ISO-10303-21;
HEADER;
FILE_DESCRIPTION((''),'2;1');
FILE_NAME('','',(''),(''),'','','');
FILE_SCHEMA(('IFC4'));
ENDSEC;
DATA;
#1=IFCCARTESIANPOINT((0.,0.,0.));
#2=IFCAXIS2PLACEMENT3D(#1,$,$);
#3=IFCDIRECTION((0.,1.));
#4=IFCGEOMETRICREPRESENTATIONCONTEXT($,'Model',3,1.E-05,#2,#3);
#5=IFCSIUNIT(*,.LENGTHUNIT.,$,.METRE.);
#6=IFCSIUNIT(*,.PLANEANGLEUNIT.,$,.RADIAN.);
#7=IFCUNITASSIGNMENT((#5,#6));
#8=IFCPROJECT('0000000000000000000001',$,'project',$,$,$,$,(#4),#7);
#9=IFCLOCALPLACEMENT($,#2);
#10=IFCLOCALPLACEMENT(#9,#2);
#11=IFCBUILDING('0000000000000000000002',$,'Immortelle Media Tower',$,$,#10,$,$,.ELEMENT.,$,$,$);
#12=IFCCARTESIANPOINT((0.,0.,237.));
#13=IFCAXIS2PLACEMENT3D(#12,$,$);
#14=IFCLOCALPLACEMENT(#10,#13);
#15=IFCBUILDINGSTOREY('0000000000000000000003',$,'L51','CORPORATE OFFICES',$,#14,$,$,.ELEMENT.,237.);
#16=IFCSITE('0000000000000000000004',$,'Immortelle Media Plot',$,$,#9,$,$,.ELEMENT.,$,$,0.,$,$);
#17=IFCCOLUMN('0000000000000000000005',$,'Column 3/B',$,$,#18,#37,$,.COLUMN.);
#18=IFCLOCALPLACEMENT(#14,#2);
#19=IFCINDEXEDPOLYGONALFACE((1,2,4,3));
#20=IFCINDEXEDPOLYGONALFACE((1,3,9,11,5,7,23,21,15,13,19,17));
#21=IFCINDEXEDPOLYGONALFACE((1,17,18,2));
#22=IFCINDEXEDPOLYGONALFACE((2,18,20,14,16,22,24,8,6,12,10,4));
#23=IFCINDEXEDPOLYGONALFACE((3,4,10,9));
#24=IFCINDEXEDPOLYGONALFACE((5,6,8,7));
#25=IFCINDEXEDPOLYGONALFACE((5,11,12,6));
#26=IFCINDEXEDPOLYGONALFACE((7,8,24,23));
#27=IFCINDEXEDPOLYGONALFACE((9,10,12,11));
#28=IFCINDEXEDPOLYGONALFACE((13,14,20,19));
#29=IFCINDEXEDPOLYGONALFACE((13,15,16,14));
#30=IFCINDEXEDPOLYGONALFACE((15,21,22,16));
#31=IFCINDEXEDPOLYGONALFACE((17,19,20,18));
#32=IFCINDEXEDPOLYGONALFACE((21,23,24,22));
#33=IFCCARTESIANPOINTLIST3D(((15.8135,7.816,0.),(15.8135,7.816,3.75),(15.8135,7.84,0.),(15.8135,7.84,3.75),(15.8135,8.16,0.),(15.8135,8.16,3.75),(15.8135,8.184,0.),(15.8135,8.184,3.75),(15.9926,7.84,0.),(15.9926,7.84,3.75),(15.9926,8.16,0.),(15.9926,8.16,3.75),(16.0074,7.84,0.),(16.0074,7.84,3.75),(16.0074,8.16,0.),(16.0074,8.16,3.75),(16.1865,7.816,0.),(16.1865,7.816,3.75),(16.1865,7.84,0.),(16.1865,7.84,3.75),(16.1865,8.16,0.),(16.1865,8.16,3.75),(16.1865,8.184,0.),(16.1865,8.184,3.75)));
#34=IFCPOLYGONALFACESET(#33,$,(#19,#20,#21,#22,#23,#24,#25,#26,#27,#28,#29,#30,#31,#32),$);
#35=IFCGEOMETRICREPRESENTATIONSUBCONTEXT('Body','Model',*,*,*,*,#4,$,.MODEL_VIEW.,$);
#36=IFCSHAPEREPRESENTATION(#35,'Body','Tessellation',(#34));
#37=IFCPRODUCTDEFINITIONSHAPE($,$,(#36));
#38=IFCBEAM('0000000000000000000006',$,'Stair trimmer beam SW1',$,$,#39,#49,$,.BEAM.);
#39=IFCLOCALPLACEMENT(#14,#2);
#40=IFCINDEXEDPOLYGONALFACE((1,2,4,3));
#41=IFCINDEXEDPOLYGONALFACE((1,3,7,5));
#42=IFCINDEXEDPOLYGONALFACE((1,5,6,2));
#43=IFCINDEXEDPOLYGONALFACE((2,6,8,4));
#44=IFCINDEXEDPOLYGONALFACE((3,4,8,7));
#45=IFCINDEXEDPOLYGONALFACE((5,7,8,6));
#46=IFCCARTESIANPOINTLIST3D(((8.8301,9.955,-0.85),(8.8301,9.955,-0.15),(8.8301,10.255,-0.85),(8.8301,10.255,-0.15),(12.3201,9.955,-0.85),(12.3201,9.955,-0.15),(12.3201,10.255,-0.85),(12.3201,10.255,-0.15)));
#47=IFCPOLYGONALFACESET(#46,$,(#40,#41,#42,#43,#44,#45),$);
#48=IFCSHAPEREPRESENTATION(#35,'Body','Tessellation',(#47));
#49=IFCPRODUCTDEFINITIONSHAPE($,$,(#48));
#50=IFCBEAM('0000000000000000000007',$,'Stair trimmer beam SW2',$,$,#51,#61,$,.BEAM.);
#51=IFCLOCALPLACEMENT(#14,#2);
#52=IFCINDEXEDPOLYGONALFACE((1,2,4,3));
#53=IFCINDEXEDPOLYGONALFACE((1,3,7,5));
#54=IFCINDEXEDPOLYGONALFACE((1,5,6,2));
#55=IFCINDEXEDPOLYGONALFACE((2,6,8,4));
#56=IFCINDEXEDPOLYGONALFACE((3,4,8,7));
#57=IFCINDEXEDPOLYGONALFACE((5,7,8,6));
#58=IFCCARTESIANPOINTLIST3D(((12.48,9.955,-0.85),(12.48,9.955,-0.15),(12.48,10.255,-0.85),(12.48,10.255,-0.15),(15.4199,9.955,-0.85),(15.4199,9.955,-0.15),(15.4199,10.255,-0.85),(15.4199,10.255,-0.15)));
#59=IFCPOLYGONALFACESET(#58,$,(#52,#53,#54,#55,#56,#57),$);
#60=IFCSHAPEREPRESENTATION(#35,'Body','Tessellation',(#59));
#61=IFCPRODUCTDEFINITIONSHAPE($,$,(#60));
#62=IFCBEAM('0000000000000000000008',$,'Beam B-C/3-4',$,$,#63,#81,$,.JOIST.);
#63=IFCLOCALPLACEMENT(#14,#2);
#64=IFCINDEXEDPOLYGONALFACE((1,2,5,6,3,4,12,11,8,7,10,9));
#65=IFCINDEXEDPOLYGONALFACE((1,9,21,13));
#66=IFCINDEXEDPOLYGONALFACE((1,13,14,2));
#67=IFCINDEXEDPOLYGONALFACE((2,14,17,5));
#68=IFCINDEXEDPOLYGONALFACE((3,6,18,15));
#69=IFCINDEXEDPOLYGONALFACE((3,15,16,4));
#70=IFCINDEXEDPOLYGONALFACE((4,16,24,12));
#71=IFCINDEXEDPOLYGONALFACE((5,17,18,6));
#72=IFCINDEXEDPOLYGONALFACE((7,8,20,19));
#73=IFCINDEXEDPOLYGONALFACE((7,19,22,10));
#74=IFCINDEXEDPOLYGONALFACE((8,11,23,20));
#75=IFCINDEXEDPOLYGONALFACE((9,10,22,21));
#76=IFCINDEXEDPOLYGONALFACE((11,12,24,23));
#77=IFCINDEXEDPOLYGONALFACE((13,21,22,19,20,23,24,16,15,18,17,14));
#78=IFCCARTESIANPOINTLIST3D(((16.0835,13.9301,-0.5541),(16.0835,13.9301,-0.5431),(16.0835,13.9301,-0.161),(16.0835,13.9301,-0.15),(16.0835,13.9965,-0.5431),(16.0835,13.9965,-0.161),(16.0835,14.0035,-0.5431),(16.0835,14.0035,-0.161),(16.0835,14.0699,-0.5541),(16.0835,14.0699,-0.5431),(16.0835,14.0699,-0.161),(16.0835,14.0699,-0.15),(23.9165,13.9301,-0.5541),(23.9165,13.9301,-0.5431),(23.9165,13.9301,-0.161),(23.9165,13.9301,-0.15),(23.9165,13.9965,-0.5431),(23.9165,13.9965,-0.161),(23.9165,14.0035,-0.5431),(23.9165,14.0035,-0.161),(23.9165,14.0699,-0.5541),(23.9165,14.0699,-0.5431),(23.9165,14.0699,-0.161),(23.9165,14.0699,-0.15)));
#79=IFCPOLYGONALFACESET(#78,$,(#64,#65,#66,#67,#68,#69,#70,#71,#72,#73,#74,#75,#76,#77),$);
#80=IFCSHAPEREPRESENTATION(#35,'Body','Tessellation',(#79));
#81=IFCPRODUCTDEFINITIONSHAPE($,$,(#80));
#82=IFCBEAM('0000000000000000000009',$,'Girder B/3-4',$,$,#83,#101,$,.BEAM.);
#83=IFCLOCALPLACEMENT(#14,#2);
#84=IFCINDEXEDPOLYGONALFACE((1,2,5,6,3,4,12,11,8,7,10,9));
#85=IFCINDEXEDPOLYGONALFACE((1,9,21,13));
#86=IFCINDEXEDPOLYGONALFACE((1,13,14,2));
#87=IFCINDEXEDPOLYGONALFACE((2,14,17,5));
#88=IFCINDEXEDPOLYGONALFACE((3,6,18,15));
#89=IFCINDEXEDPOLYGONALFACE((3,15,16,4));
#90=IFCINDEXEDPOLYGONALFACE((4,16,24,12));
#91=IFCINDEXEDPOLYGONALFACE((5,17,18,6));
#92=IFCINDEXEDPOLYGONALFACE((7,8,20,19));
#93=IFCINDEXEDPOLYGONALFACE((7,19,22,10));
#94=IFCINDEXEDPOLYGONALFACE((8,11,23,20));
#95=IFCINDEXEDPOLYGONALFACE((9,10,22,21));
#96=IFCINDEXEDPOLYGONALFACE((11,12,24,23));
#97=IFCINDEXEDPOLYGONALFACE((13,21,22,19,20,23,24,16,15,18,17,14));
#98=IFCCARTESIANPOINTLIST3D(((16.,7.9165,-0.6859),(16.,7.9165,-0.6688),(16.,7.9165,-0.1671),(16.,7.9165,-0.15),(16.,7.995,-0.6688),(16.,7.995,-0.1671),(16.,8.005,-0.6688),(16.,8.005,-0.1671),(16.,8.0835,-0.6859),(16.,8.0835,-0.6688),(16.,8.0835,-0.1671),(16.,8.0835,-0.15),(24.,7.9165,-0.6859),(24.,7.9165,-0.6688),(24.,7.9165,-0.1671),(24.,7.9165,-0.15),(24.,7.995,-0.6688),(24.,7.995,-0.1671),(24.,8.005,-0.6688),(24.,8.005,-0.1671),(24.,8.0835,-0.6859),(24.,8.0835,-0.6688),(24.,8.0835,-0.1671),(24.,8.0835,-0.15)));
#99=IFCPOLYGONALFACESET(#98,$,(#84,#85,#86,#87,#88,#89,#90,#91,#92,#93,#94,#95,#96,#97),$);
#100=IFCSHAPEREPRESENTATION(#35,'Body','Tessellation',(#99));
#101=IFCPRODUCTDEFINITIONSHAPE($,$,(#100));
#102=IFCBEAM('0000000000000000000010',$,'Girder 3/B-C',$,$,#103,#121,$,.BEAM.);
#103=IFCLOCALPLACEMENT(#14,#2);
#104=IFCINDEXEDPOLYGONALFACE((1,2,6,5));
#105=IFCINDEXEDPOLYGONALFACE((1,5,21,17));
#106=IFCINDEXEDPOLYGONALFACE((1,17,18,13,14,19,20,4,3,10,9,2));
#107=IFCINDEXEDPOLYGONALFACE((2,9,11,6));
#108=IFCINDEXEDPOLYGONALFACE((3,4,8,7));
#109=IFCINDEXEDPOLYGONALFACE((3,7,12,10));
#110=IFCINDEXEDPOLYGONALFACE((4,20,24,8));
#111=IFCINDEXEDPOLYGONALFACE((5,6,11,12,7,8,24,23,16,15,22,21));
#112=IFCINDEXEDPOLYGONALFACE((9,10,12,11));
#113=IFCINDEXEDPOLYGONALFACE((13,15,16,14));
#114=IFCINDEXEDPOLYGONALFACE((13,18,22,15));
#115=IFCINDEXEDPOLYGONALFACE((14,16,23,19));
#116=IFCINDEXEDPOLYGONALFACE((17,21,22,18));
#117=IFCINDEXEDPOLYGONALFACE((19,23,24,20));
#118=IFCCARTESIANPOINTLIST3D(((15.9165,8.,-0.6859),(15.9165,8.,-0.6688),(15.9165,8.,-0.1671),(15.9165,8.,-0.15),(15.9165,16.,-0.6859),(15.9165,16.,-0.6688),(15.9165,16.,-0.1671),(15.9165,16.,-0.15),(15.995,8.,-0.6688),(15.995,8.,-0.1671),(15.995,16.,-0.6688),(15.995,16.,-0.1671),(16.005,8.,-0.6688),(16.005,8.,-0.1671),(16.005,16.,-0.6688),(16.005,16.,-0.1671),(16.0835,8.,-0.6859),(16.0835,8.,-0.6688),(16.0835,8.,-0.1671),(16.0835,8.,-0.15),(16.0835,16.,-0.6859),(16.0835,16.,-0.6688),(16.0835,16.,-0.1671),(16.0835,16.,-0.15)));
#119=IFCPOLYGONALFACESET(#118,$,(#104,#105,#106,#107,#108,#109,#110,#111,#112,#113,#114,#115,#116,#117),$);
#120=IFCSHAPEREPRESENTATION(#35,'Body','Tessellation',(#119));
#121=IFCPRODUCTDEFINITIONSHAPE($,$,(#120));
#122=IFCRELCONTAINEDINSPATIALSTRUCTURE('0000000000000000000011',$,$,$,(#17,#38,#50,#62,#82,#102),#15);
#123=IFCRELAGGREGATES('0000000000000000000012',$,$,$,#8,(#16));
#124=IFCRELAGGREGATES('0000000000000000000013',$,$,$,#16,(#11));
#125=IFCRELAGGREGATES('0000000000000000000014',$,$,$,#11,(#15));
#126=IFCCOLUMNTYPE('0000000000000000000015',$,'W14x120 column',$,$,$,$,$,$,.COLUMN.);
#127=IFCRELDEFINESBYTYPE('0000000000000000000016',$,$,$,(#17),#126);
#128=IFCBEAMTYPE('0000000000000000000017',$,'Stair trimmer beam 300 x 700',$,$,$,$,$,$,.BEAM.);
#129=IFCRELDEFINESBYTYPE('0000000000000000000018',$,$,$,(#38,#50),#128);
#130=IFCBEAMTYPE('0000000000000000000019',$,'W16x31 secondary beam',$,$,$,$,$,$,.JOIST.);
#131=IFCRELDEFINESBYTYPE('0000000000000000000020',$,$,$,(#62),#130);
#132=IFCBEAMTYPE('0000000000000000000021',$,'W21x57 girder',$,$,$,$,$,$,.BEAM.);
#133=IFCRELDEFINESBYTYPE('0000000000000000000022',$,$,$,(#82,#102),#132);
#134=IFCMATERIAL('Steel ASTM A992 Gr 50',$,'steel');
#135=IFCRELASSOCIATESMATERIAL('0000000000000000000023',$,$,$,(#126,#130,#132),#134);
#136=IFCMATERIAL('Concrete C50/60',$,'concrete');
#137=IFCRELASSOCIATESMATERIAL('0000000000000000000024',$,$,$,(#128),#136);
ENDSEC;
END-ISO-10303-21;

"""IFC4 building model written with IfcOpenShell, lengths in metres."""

from ifc_helpers import new_model, si_unit, direction, frame, origin, origin_2d, place, context, subcontext, project, spatial, rectangle, i_section, extrude, material, material_profile, profile_set, type_object, element, save


model = new_model("IFC4")

# Units and contexts
model_context = context("Model", 3, precision=1e-05, world=origin(), true_north=direction((0.0, 1.0)))
body_context = subcontext(model_context, "Body", "Model", "MODEL_VIEW")
ifc_project = project(units=[si_unit("LENGTHUNIT", "METRE"), si_unit("PLANEANGLEUNIT", "RADIAN")], contexts=[model_context])

# Site, building, storey
site_placement = place(None, origin())
site = spatial("IfcSite", under=ifc_project, at=site_placement, Name="Immortelle Media Plot", CompositionType="ELEMENT", RefElevation=0.0)
building_placement = place(site_placement, origin())
building = spatial("IfcBuilding", under=site, at=building_placement, Name="Immortelle Media Tower", CompositionType="ELEMENT")
storey_placement = place(building_placement, frame((0.0, 0.0, 237.0)))
storey = spatial("IfcBuildingStorey", under=building, at=storey_placement, Name="L51", Description="CORPORATE OFFICES", CompositionType="ELEMENT", Elevation=237.0)

# Column
ifc_material_1 = material(Name="Steel ASTM A992 Gr 50", Category="steel")
ifc_material_profile_1 = material_profile(ifc_material_1, i_section(OverallWidth=0.373, OverallDepth=0.3679, WebThickness=0.0149, FlangeThickness=0.0239, at=origin_2d()), Name="W14x120")
ifc_profile_set_1 = profile_set([ifc_material_profile_1], Name="Steel ASTM A992 Gr 50")
column_type = type_object("IfcColumnType", Name="W14x120 column", PredefinedType="COLUMN", material=ifc_profile_set_1)
column_placement = place(storey_placement, frame((16.0, 8.0, 0.0), z_axis=(0.0, 0.0, 1.0), x_axis=(1.0, 0.0, 0.0)))
element("IfcColumn", 1, at=column_placement, inside=storey, type_object=column_type, Name="Column 3/B", PredefinedType="COLUMN", context=body_context, shape_type="SweptSolid", body=[
    extrude(i_section(OverallWidth=0.373, OverallDepth=0.3679, WebThickness=0.0149, FlangeThickness=0.0239, at=origin_2d()), origin(), (0.0, 0.0, 1.0), 3.75),
])

# Beams
ifc_material_2 = material(Name="Concrete C50/60", Category="concrete")
ifc_material_profile_2 = material_profile(ifc_material_2, rectangle(XDim=0.3, YDim=0.7, at=origin_2d()), Name="RC 300x700")
ifc_profile_set_2 = profile_set([ifc_material_profile_2], Name="Concrete C50/60")
beam_type_1 = type_object("IfcBeamType", Name="Stair trimmer beam 300 x 700", PredefinedType="BEAM", material=ifc_profile_set_2)
beam_1_placement = place(storey_placement, frame((8.8301, 10.105, -0.5), z_axis=(1.0, 0.0, 0.0), x_axis=(0.0, 1.0, 0.0)))
element("IfcBeam", 2, at=beam_1_placement, inside=storey, type_object=beam_type_1, Name="Stair trimmer beam SW1", PredefinedType="BEAM", context=body_context, shape_type="SweptSolid", body=[
    extrude(rectangle(XDim=0.3, YDim=0.7, at=origin_2d()), origin(), (0.0, 0.0, 1.0), 3.49),
])
beam_2_placement = place(storey_placement, frame((12.48, 10.105, -0.5), z_axis=(1.0, 0.0, 0.0), x_axis=(0.0, 1.0, 0.0)))
element("IfcBeam", 3, at=beam_2_placement, inside=storey, type_object=beam_type_1, Name="Stair trimmer beam SW2", PredefinedType="BEAM", context=body_context, shape_type="SweptSolid", body=[
    extrude(rectangle(XDim=0.3, YDim=0.7, at=origin_2d()), origin(), (0.0, 0.0, 1.0), 2.9399),
])
ifc_material_profile_3 = material_profile(ifc_material_1, i_section(OverallWidth=0.1399, OverallDepth=0.4041, WebThickness=0.0071, FlangeThickness=0.011, at=origin_2d()), Name="W16x31")
ifc_profile_set_3 = profile_set([ifc_material_profile_3], Name="Steel ASTM A992 Gr 50")
beam_type_2 = type_object("IfcBeamType", Name="W16x31 secondary beam", PredefinedType="JOIST", material=ifc_profile_set_3)
beam_3_placement = place(storey_placement, frame((16.0835, 14.0, -0.3521), z_axis=(1.0, 0.0, 0.0), x_axis=(0.0, 1.0, 0.0)))
element("IfcBeam", 4, at=beam_3_placement, inside=storey, type_object=beam_type_2, Name="Beam B-C/3-4", PredefinedType="JOIST", context=body_context, shape_type="SweptSolid", body=[
    extrude(i_section(OverallWidth=0.1399, OverallDepth=0.4041, WebThickness=0.0071, FlangeThickness=0.011, at=origin_2d()), origin(), (0.0, 0.0, 1.0), 7.833),
])
ifc_material_profile_4 = material_profile(ifc_material_1, i_section(OverallWidth=0.167, OverallDepth=0.5359, WebThickness=0.01, FlangeThickness=0.0171, at=origin_2d()), Name="W21x57")
ifc_profile_set_4 = profile_set([ifc_material_profile_4], Name="Steel ASTM A992 Gr 50")
beam_type_3 = type_object("IfcBeamType", Name="W21x57 girder", PredefinedType="BEAM", material=ifc_profile_set_4)
for number, where, z_axis, x_axis, name in (
    (5, (16.0, 8.0, -0.418), (1.0, 0.0, 0.0), (0.0, 1.0, 0.0), "Girder B/3-4"),
    (6, (16.0, 8.0, -0.418), (0.0, 1.0, 0.0), (-1.0, 0.0, 0.0), "Girder 3/B-C"),
):
    element("IfcBeam", number, at=place(storey_placement, frame(where, z_axis=z_axis, x_axis=x_axis)), inside=storey, type_object=beam_type_3, Name=name, PredefinedType="BEAM", context=body_context, shape_type="SweptSolid", body=[
        extrude(i_section(OverallWidth=0.167, OverallDepth=0.5359, WebThickness=0.01, FlangeThickness=0.0171, at=origin_2d()), origin(), (0.0, 0.0, 1.0), 8.0),
    ])

save(model, "model.ifc")
